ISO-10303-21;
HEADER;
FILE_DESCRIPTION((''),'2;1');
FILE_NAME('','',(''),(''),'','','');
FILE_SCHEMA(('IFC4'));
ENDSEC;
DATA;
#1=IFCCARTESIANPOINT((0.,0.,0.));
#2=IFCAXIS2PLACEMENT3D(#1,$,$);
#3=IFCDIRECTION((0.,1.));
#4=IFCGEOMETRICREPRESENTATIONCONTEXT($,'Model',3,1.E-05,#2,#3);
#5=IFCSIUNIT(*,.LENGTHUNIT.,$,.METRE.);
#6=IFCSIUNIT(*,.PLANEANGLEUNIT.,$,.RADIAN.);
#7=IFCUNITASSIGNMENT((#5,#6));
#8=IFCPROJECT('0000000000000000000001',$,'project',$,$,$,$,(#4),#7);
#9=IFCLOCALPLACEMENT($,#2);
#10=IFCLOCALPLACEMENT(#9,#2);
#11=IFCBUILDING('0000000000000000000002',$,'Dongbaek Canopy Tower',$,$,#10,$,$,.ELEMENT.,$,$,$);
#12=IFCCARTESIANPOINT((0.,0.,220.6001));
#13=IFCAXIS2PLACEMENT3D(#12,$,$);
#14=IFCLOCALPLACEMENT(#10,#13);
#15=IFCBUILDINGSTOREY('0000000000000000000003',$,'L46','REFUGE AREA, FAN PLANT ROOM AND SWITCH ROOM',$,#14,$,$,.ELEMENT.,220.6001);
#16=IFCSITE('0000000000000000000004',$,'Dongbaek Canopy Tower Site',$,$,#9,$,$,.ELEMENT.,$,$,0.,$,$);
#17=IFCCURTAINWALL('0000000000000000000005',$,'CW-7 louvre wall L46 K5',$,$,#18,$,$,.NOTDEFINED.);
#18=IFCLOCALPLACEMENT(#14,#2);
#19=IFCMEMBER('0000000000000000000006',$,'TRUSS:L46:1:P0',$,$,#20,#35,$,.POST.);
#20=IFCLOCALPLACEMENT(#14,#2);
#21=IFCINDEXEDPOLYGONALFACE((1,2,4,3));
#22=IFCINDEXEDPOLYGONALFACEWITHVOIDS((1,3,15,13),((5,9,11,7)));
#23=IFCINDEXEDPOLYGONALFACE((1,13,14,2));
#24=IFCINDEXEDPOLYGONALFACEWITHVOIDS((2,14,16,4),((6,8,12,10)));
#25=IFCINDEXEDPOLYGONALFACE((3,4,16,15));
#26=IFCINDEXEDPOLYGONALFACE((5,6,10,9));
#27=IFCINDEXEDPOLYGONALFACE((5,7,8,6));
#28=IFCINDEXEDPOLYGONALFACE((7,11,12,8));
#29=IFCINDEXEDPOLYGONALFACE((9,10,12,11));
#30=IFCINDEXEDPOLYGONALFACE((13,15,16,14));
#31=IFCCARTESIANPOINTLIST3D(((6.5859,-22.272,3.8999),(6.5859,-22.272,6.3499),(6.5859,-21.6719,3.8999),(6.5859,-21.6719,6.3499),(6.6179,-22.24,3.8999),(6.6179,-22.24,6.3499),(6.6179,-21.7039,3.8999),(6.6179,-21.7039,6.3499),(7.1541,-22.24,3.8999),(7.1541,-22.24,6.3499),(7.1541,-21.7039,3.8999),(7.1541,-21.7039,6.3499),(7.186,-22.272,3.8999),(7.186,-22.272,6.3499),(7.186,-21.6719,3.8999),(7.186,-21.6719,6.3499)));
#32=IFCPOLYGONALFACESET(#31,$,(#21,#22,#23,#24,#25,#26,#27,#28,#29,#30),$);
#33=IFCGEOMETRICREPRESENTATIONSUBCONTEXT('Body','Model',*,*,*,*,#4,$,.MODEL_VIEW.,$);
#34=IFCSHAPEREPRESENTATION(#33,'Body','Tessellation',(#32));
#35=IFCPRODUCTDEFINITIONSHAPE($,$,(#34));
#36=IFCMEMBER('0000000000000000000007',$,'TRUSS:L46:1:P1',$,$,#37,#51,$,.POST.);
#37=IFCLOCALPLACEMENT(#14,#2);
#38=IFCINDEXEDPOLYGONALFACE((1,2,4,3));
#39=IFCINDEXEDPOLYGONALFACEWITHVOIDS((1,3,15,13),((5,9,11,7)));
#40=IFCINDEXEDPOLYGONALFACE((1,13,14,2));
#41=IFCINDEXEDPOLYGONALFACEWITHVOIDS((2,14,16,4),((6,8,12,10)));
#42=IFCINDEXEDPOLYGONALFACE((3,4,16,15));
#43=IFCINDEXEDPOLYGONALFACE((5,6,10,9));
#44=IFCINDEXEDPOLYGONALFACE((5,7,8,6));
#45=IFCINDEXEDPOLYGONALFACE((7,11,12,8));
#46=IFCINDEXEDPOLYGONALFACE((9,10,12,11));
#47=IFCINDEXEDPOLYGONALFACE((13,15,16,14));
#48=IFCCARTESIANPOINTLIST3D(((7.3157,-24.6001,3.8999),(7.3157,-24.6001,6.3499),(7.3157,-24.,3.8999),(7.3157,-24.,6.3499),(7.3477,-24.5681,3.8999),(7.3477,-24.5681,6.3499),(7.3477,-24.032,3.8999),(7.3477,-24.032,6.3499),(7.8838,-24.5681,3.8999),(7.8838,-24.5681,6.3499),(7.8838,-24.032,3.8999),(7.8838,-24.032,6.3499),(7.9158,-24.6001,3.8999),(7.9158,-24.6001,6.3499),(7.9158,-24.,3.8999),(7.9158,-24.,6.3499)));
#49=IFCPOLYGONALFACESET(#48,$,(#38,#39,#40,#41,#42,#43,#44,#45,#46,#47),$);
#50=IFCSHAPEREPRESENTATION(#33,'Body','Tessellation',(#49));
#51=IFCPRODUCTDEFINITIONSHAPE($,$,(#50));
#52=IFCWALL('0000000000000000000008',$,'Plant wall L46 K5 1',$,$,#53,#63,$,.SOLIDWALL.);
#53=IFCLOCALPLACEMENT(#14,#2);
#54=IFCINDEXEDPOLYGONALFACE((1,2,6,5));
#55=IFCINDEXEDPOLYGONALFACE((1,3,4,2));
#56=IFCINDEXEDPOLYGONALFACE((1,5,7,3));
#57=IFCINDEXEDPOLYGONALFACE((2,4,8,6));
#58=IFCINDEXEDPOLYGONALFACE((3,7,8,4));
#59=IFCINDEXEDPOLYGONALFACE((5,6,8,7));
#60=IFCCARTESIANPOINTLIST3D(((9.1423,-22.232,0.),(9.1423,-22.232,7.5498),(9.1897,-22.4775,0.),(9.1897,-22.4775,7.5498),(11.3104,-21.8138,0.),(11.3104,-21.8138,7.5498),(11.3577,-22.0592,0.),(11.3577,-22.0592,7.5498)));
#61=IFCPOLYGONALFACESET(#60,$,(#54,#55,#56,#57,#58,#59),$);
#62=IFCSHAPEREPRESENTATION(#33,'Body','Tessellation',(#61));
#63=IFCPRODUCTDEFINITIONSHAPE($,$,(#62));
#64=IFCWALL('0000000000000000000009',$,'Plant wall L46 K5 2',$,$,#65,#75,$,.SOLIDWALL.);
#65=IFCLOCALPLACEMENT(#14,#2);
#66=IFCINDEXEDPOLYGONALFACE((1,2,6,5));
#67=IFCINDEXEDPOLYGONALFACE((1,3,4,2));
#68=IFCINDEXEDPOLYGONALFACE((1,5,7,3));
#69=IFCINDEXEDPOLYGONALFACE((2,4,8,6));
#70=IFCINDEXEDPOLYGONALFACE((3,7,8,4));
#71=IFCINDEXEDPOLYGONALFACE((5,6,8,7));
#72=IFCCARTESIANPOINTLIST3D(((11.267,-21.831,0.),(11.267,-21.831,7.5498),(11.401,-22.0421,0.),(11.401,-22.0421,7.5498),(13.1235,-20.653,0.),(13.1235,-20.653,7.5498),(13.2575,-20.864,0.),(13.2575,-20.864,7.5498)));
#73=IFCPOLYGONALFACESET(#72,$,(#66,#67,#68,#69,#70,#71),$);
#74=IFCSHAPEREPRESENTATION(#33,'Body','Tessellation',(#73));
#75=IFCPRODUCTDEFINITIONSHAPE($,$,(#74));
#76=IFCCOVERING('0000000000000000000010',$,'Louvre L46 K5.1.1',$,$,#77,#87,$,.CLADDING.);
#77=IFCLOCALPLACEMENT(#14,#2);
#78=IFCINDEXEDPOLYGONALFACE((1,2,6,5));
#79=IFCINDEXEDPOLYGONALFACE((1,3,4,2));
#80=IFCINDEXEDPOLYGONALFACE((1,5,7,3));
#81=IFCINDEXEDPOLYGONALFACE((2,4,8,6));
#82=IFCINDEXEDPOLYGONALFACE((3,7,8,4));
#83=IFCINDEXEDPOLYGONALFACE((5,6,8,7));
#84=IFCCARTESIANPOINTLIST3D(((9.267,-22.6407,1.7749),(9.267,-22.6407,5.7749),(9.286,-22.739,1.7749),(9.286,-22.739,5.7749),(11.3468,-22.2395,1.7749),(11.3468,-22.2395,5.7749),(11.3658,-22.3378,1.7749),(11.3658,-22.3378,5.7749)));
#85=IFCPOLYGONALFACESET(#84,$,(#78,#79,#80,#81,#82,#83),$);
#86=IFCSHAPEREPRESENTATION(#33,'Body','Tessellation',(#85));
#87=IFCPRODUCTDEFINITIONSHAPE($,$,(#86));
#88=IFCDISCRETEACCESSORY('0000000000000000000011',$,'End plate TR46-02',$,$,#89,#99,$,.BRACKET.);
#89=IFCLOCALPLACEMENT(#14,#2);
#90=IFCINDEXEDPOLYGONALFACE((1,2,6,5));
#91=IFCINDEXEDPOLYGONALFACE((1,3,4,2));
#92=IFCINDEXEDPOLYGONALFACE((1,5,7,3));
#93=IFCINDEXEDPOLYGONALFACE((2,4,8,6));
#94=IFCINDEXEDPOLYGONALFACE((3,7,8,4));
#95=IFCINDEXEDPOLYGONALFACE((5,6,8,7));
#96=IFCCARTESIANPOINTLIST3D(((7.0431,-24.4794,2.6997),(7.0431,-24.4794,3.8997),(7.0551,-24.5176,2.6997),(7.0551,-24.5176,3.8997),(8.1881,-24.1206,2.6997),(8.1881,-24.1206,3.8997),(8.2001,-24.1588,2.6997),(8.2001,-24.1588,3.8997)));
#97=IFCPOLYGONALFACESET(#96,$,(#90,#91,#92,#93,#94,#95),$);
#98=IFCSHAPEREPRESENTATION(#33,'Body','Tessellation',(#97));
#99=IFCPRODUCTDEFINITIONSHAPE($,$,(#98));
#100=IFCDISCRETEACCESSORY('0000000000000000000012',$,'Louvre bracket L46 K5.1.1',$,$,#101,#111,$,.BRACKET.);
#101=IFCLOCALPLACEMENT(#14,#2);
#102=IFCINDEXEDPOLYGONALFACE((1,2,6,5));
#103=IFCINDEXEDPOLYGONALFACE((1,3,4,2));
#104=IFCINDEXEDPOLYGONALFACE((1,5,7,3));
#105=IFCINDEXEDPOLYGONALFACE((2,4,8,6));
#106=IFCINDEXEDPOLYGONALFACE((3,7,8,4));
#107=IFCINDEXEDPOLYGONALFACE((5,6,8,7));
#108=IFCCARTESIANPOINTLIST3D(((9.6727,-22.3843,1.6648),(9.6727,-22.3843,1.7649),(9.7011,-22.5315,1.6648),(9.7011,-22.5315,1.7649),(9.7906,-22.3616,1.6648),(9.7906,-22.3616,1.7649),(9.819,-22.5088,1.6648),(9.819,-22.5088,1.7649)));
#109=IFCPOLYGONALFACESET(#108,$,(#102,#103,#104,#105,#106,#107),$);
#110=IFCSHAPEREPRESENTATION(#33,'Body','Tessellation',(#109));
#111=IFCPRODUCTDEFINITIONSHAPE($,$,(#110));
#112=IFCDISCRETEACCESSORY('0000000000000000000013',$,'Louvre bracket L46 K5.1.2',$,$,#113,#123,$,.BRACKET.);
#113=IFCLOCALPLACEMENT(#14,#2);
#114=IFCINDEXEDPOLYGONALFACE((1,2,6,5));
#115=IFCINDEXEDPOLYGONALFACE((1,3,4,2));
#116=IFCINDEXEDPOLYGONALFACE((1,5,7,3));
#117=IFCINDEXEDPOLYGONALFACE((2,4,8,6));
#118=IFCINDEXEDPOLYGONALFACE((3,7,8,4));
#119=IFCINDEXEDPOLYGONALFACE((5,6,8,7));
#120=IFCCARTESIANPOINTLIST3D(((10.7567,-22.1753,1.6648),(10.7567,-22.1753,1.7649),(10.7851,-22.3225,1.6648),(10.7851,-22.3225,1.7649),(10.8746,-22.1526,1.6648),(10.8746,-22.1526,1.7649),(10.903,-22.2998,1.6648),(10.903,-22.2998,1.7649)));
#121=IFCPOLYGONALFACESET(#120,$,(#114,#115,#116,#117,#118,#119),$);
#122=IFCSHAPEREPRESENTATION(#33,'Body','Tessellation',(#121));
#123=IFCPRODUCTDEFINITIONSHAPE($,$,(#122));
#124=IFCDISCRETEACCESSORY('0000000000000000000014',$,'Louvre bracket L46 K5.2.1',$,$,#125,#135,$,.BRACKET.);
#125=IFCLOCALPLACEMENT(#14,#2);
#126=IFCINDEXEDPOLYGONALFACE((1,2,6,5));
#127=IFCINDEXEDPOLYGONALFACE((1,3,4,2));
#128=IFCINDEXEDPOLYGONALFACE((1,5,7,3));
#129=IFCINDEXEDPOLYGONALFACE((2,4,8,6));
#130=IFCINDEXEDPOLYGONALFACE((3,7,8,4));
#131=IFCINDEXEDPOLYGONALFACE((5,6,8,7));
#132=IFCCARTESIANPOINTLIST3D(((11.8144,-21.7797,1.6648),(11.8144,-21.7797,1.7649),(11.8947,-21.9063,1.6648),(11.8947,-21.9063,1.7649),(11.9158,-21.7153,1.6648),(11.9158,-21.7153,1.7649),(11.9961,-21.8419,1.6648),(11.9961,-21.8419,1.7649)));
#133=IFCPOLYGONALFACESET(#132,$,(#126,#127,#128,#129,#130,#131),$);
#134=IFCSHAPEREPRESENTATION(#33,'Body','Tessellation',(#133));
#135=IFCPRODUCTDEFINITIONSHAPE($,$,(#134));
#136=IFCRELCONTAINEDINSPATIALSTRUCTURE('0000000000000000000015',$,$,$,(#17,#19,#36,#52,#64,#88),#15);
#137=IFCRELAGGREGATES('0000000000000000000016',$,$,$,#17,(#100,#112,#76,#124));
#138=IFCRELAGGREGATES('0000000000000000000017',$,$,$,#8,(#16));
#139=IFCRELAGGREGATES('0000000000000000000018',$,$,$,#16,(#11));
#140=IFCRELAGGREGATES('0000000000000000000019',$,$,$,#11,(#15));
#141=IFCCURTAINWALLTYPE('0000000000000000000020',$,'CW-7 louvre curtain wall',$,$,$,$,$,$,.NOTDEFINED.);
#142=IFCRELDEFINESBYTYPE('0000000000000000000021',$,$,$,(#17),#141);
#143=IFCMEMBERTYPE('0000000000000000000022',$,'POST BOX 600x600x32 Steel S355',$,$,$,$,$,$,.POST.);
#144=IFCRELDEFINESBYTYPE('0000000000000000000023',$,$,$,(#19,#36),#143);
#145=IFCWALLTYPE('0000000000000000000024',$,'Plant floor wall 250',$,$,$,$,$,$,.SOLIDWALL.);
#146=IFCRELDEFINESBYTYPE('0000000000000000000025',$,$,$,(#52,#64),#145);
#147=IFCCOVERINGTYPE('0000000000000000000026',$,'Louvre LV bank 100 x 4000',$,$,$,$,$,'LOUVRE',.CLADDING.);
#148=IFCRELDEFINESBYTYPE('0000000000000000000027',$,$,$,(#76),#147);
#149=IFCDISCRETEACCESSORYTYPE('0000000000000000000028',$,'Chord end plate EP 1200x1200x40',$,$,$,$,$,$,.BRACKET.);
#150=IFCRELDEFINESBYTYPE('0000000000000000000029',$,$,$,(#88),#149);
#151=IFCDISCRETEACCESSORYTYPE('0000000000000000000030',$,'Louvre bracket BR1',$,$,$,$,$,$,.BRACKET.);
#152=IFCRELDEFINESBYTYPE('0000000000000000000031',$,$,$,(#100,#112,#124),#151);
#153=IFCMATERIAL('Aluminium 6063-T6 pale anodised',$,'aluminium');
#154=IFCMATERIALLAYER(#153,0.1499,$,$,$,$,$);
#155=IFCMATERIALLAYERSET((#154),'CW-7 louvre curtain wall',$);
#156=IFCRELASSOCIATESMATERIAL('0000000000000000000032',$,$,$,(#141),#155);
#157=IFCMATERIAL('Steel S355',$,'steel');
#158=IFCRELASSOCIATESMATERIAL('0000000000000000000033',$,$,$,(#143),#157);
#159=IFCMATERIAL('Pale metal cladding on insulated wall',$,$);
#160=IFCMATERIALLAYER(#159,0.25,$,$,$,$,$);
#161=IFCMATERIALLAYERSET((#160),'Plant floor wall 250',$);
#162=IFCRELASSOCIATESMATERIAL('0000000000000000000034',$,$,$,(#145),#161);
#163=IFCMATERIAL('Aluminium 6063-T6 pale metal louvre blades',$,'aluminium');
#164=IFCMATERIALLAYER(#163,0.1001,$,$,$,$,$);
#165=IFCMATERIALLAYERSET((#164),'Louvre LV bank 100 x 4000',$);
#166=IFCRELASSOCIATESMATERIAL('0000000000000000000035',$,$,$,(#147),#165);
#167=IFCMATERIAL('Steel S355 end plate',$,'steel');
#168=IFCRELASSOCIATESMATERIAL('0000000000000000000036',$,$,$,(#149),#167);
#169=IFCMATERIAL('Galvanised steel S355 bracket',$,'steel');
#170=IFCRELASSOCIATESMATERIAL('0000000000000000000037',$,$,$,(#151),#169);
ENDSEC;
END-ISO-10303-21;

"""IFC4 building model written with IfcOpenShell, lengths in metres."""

from ifc_helpers import new_model, si_unit, direction, frame, frame_2d, origin, origin_2d, place, context, subcontext, project, spatial, rectangle, hollow_rectangle, extrude, material, layer, layer_set, material_profile, profile_set, type_object, element, aggregate, save


model = new_model("IFC4")

# Units and contexts
model_context = context("Model", 3, precision=1e-05, world=origin(), true_north=direction((0.0, 1.0)))
body_context = subcontext(model_context, "Body", "Model", "MODEL_VIEW")
ifc_project = project(units=[si_unit("LENGTHUNIT", "METRE"), si_unit("PLANEANGLEUNIT", "RADIAN")], contexts=[model_context])

# Site, building, storey
site_placement = place(None, origin())
site = spatial("IfcSite", under=ifc_project, at=site_placement, Name="Dongbaek Canopy Tower Site", CompositionType="ELEMENT", RefElevation=0.0)
building_placement = place(site_placement, origin())
building = spatial("IfcBuilding", under=site, at=building_placement, Name="Dongbaek Canopy Tower", CompositionType="ELEMENT")
storey_placement = place(building_placement, frame((0.0, 0.0, 220.6001)))
storey = spatial("IfcBuildingStorey", under=building, at=storey_placement, Name="L46", Description="REFUGE AREA, FAN PLANT ROOM AND SWITCH ROOM", CompositionType="ELEMENT", Elevation=220.6001)

# Shared definitions
ifc_material_1 = material(Name="Aluminium 6063-T6 pale anodised", Category="aluminium")
ifc_layer_1 = layer(ifc_material_1, 0.1499)
ifc_layer_set_1 = layer_set([ifc_layer_1], Name="CW-7 louvre curtain wall")
curtain_wall_type = type_object("IfcCurtainWallType", Name="CW-7 louvre curtain wall", PredefinedType="NOTDEFINED", material=ifc_layer_set_1)

# Curtain wall
curtain_wall_1_placement = place(storey_placement, origin())
curtain_wall_1 = element("IfcCurtainWall", 1, at=curtain_wall_1_placement, inside=storey, type_object=curtain_wall_type, Name="CW-7 louvre wall L46 K5", PredefinedType="NOTDEFINED")

# Members
ifc_material_2 = material(Name="Steel S355", Category="steel")
ifc_material_profile_1 = material_profile(ifc_material_2, hollow_rectangle(XDim=0.6001, YDim=0.6001, WallThickness=0.032, at=origin_2d()), Name="POST BOX 600x600x32 Steel S355")
ifc_profile_set_1 = profile_set([ifc_material_profile_1], Name="Steel S355")
member_type_1 = type_object("IfcMemberType", Name="POST BOX 600x600x32 Steel S355", PredefinedType="POST", material=ifc_profile_set_1)
for number, where, z_axis, x_axis, name in (
    (2, (6.886, -21.9719, 3.8999), (0.0, 0.0, 1.0), (1.0, 0.0, 0.0), "TRUSS:L46:1:P0"),
    (3, (7.6157, -24.3, 3.8999), (0.0, 0.0, 1.0), (1.0, 0.0, 0.0), "TRUSS:L46:1:P1"),
):
    element("IfcMember", number, at=place(storey_placement, frame(where, z_axis=z_axis, x_axis=x_axis)), inside=storey, type_object=member_type_1, Name=name, PredefinedType="POST", context=body_context, shape_type="SweptSolid", body=[
        extrude(hollow_rectangle(XDim=0.6001, YDim=0.6001, WallThickness=0.032, at=origin_2d()), origin(), (0.0, 0.0, 1.0), 2.45),
    ])

# Walls
ifc_material_3 = material(Name="Pale metal cladding on insulated wall")
ifc_layer_2 = layer(ifc_material_3, 0.25)
ifc_layer_set_2 = layer_set([ifc_layer_2], Name="Plant floor wall 250")
wall_type = type_object("IfcWallType", Name="Plant floor wall 250", PredefinedType="SOLIDWALL", material=ifc_layer_set_2)
wall_1_placement = place(storey_placement, frame((9.166, -22.3547, 0.0), z_axis=(0.0, 0.0, 1.0), x_axis=(0.981897, 0.189413, 0.0)))
element("IfcWall", 4, at=wall_1_placement, inside=storey, type_object=wall_type, Name="Plant wall L46 K5 1", PredefinedType="SOLIDWALL", context=body_context, shape_type="SweptSolid", body=[
    extrude(rectangle(XDim=2.208, YDim=0.25, at=frame_2d((1.104, 0.0))), origin(), (0.0, 0.0, 1.0), 7.5498),
])
wall_2_placement = place(storey_placement, frame((11.334, -21.9365, 0.0), z_axis=(0.0, 0.0, 1.0), x_axis=(0.84436, 0.535776, 0.0)))
element("IfcWall", 5, at=wall_2_placement, inside=storey, type_object=wall_type, Name="Plant wall L46 K5 2", PredefinedType="SOLIDWALL", context=body_context, shape_type="SweptSolid", body=[
    extrude(rectangle(XDim=2.1987, YDim=0.25, at=frame_2d((1.0994, 0.0))), origin(), (0.0, 0.0, 1.0), 7.5498),
])

# Covering
ifc_material_4 = material(Name="Aluminium 6063-T6 pale metal louvre blades", Category="aluminium")
ifc_layer_3 = layer(ifc_material_4, 0.1001)
ifc_layer_set_3 = layer_set([ifc_layer_3], Name="Louvre LV bank 100 x 4000")
covering_type = type_object("IfcCoveringType", Name="Louvre LV bank 100 x 4000", ElementType="LOUVRE", PredefinedType="CLADDING", material=ifc_layer_set_3)
covering_placement = place(storey_placement, frame((10.3164, -22.4893, 1.7749), z_axis=(0.0, 0.0, 1.0), x_axis=(0.981896, 0.189422, 0.0)))
covering = element("IfcCovering", 6, at=covering_placement, type_object=covering_type, Name="Louvre L46 K5.1.1", PredefinedType="CLADDING", context=body_context, shape_type="SweptSolid", body=[
    extrude(rectangle(XDim=2.1182, YDim=0.1001, at=origin_2d()), origin(), (0.0, 0.0, 1.0), 4.0),
])

# Discrete accessories
ifc_material_5 = material(Name="Steel S355 end plate", Category="steel")
discrete_accessory_type_1 = type_object("IfcDiscreteAccessoryType", Name="Chord end plate EP 1200x1200x40", PredefinedType="BRACKET", material=ifc_material_5)
discrete_accessory_1_placement = place(storey_placement, frame((7.6216, -24.3191, 2.6997), z_axis=(0.0, 0.0, 1.0), x_axis=(-0.299057, 0.954235, 0.0)))
element("IfcDiscreteAccessory", 7, at=discrete_accessory_1_placement, inside=storey, type_object=discrete_accessory_type_1, Name="End plate TR46-02", PredefinedType="BRACKET", context=body_context, shape_type="SweptSolid", body=[
    extrude(rectangle(XDim=0.04, YDim=1.2, at=origin_2d()), origin(), (0.0, 0.0, 1.0), 1.2),
])
ifc_material_6 = material(Name="Galvanised steel S355 bracket", Category="steel")
discrete_accessory_type_2 = type_object("IfcDiscreteAccessoryType", Name="Louvre bracket BR1", PredefinedType="BRACKET", material=ifc_material_6)
discrete_accessory_2_placement = place(storey_placement, frame((9.7458, -22.4465, 1.6648), z_axis=(0.0, 0.0, 1.0), x_axis=(0.981896, 0.189422, 0.0)))
discrete_accessory_2 = element("IfcDiscreteAccessory", 8, at=discrete_accessory_2_placement, type_object=discrete_accessory_type_2, Name="Louvre bracket L46 K5.1.1", PredefinedType="BRACKET", context=body_context, shape_type="SweptSolid", body=[
    extrude(rectangle(XDim=0.1201, YDim=0.1499, at=origin_2d()), origin(), (0.0, 0.0, 1.0), 0.1001),
])
discrete_accessory_3_placement = place(storey_placement, frame((10.8298, -22.2375, 1.6648), z_axis=(0.0, 0.0, 1.0), x_axis=(0.981896, 0.189422, 0.0)))
discrete_accessory_3 = element("IfcDiscreteAccessory", 9, at=discrete_accessory_3_placement, type_object=discrete_accessory_type_2, Name="Louvre bracket L46 K5.1.2", PredefinedType="BRACKET", context=body_context, shape_type="SweptSolid", body=[
    extrude(rectangle(XDim=0.1201, YDim=0.1499, at=origin_2d()), origin(), (0.0, 0.0, 1.0), 0.1001),
])
discrete_accessory_4_placement = place(storey_placement, frame((11.9053, -21.8108, 1.6648), z_axis=(0.0, 0.0, 1.0), x_axis=(0.844315, 0.535846, 0.0)))
discrete_accessory_4 = element("IfcDiscreteAccessory", 10, at=discrete_accessory_4_placement, type_object=discrete_accessory_type_2, Name="Louvre bracket L46 K5.2.1", PredefinedType="BRACKET", context=body_context, shape_type="SweptSolid", body=[
    extrude(rectangle(XDim=0.1201, YDim=0.1499, at=origin_2d()), origin(), (0.0, 0.0, 1.0), 0.1001),
])
aggregate(curtain_wall_1, [discrete_accessory_2, discrete_accessory_3, covering, discrete_accessory_4])

save(model, "model.ifc")
